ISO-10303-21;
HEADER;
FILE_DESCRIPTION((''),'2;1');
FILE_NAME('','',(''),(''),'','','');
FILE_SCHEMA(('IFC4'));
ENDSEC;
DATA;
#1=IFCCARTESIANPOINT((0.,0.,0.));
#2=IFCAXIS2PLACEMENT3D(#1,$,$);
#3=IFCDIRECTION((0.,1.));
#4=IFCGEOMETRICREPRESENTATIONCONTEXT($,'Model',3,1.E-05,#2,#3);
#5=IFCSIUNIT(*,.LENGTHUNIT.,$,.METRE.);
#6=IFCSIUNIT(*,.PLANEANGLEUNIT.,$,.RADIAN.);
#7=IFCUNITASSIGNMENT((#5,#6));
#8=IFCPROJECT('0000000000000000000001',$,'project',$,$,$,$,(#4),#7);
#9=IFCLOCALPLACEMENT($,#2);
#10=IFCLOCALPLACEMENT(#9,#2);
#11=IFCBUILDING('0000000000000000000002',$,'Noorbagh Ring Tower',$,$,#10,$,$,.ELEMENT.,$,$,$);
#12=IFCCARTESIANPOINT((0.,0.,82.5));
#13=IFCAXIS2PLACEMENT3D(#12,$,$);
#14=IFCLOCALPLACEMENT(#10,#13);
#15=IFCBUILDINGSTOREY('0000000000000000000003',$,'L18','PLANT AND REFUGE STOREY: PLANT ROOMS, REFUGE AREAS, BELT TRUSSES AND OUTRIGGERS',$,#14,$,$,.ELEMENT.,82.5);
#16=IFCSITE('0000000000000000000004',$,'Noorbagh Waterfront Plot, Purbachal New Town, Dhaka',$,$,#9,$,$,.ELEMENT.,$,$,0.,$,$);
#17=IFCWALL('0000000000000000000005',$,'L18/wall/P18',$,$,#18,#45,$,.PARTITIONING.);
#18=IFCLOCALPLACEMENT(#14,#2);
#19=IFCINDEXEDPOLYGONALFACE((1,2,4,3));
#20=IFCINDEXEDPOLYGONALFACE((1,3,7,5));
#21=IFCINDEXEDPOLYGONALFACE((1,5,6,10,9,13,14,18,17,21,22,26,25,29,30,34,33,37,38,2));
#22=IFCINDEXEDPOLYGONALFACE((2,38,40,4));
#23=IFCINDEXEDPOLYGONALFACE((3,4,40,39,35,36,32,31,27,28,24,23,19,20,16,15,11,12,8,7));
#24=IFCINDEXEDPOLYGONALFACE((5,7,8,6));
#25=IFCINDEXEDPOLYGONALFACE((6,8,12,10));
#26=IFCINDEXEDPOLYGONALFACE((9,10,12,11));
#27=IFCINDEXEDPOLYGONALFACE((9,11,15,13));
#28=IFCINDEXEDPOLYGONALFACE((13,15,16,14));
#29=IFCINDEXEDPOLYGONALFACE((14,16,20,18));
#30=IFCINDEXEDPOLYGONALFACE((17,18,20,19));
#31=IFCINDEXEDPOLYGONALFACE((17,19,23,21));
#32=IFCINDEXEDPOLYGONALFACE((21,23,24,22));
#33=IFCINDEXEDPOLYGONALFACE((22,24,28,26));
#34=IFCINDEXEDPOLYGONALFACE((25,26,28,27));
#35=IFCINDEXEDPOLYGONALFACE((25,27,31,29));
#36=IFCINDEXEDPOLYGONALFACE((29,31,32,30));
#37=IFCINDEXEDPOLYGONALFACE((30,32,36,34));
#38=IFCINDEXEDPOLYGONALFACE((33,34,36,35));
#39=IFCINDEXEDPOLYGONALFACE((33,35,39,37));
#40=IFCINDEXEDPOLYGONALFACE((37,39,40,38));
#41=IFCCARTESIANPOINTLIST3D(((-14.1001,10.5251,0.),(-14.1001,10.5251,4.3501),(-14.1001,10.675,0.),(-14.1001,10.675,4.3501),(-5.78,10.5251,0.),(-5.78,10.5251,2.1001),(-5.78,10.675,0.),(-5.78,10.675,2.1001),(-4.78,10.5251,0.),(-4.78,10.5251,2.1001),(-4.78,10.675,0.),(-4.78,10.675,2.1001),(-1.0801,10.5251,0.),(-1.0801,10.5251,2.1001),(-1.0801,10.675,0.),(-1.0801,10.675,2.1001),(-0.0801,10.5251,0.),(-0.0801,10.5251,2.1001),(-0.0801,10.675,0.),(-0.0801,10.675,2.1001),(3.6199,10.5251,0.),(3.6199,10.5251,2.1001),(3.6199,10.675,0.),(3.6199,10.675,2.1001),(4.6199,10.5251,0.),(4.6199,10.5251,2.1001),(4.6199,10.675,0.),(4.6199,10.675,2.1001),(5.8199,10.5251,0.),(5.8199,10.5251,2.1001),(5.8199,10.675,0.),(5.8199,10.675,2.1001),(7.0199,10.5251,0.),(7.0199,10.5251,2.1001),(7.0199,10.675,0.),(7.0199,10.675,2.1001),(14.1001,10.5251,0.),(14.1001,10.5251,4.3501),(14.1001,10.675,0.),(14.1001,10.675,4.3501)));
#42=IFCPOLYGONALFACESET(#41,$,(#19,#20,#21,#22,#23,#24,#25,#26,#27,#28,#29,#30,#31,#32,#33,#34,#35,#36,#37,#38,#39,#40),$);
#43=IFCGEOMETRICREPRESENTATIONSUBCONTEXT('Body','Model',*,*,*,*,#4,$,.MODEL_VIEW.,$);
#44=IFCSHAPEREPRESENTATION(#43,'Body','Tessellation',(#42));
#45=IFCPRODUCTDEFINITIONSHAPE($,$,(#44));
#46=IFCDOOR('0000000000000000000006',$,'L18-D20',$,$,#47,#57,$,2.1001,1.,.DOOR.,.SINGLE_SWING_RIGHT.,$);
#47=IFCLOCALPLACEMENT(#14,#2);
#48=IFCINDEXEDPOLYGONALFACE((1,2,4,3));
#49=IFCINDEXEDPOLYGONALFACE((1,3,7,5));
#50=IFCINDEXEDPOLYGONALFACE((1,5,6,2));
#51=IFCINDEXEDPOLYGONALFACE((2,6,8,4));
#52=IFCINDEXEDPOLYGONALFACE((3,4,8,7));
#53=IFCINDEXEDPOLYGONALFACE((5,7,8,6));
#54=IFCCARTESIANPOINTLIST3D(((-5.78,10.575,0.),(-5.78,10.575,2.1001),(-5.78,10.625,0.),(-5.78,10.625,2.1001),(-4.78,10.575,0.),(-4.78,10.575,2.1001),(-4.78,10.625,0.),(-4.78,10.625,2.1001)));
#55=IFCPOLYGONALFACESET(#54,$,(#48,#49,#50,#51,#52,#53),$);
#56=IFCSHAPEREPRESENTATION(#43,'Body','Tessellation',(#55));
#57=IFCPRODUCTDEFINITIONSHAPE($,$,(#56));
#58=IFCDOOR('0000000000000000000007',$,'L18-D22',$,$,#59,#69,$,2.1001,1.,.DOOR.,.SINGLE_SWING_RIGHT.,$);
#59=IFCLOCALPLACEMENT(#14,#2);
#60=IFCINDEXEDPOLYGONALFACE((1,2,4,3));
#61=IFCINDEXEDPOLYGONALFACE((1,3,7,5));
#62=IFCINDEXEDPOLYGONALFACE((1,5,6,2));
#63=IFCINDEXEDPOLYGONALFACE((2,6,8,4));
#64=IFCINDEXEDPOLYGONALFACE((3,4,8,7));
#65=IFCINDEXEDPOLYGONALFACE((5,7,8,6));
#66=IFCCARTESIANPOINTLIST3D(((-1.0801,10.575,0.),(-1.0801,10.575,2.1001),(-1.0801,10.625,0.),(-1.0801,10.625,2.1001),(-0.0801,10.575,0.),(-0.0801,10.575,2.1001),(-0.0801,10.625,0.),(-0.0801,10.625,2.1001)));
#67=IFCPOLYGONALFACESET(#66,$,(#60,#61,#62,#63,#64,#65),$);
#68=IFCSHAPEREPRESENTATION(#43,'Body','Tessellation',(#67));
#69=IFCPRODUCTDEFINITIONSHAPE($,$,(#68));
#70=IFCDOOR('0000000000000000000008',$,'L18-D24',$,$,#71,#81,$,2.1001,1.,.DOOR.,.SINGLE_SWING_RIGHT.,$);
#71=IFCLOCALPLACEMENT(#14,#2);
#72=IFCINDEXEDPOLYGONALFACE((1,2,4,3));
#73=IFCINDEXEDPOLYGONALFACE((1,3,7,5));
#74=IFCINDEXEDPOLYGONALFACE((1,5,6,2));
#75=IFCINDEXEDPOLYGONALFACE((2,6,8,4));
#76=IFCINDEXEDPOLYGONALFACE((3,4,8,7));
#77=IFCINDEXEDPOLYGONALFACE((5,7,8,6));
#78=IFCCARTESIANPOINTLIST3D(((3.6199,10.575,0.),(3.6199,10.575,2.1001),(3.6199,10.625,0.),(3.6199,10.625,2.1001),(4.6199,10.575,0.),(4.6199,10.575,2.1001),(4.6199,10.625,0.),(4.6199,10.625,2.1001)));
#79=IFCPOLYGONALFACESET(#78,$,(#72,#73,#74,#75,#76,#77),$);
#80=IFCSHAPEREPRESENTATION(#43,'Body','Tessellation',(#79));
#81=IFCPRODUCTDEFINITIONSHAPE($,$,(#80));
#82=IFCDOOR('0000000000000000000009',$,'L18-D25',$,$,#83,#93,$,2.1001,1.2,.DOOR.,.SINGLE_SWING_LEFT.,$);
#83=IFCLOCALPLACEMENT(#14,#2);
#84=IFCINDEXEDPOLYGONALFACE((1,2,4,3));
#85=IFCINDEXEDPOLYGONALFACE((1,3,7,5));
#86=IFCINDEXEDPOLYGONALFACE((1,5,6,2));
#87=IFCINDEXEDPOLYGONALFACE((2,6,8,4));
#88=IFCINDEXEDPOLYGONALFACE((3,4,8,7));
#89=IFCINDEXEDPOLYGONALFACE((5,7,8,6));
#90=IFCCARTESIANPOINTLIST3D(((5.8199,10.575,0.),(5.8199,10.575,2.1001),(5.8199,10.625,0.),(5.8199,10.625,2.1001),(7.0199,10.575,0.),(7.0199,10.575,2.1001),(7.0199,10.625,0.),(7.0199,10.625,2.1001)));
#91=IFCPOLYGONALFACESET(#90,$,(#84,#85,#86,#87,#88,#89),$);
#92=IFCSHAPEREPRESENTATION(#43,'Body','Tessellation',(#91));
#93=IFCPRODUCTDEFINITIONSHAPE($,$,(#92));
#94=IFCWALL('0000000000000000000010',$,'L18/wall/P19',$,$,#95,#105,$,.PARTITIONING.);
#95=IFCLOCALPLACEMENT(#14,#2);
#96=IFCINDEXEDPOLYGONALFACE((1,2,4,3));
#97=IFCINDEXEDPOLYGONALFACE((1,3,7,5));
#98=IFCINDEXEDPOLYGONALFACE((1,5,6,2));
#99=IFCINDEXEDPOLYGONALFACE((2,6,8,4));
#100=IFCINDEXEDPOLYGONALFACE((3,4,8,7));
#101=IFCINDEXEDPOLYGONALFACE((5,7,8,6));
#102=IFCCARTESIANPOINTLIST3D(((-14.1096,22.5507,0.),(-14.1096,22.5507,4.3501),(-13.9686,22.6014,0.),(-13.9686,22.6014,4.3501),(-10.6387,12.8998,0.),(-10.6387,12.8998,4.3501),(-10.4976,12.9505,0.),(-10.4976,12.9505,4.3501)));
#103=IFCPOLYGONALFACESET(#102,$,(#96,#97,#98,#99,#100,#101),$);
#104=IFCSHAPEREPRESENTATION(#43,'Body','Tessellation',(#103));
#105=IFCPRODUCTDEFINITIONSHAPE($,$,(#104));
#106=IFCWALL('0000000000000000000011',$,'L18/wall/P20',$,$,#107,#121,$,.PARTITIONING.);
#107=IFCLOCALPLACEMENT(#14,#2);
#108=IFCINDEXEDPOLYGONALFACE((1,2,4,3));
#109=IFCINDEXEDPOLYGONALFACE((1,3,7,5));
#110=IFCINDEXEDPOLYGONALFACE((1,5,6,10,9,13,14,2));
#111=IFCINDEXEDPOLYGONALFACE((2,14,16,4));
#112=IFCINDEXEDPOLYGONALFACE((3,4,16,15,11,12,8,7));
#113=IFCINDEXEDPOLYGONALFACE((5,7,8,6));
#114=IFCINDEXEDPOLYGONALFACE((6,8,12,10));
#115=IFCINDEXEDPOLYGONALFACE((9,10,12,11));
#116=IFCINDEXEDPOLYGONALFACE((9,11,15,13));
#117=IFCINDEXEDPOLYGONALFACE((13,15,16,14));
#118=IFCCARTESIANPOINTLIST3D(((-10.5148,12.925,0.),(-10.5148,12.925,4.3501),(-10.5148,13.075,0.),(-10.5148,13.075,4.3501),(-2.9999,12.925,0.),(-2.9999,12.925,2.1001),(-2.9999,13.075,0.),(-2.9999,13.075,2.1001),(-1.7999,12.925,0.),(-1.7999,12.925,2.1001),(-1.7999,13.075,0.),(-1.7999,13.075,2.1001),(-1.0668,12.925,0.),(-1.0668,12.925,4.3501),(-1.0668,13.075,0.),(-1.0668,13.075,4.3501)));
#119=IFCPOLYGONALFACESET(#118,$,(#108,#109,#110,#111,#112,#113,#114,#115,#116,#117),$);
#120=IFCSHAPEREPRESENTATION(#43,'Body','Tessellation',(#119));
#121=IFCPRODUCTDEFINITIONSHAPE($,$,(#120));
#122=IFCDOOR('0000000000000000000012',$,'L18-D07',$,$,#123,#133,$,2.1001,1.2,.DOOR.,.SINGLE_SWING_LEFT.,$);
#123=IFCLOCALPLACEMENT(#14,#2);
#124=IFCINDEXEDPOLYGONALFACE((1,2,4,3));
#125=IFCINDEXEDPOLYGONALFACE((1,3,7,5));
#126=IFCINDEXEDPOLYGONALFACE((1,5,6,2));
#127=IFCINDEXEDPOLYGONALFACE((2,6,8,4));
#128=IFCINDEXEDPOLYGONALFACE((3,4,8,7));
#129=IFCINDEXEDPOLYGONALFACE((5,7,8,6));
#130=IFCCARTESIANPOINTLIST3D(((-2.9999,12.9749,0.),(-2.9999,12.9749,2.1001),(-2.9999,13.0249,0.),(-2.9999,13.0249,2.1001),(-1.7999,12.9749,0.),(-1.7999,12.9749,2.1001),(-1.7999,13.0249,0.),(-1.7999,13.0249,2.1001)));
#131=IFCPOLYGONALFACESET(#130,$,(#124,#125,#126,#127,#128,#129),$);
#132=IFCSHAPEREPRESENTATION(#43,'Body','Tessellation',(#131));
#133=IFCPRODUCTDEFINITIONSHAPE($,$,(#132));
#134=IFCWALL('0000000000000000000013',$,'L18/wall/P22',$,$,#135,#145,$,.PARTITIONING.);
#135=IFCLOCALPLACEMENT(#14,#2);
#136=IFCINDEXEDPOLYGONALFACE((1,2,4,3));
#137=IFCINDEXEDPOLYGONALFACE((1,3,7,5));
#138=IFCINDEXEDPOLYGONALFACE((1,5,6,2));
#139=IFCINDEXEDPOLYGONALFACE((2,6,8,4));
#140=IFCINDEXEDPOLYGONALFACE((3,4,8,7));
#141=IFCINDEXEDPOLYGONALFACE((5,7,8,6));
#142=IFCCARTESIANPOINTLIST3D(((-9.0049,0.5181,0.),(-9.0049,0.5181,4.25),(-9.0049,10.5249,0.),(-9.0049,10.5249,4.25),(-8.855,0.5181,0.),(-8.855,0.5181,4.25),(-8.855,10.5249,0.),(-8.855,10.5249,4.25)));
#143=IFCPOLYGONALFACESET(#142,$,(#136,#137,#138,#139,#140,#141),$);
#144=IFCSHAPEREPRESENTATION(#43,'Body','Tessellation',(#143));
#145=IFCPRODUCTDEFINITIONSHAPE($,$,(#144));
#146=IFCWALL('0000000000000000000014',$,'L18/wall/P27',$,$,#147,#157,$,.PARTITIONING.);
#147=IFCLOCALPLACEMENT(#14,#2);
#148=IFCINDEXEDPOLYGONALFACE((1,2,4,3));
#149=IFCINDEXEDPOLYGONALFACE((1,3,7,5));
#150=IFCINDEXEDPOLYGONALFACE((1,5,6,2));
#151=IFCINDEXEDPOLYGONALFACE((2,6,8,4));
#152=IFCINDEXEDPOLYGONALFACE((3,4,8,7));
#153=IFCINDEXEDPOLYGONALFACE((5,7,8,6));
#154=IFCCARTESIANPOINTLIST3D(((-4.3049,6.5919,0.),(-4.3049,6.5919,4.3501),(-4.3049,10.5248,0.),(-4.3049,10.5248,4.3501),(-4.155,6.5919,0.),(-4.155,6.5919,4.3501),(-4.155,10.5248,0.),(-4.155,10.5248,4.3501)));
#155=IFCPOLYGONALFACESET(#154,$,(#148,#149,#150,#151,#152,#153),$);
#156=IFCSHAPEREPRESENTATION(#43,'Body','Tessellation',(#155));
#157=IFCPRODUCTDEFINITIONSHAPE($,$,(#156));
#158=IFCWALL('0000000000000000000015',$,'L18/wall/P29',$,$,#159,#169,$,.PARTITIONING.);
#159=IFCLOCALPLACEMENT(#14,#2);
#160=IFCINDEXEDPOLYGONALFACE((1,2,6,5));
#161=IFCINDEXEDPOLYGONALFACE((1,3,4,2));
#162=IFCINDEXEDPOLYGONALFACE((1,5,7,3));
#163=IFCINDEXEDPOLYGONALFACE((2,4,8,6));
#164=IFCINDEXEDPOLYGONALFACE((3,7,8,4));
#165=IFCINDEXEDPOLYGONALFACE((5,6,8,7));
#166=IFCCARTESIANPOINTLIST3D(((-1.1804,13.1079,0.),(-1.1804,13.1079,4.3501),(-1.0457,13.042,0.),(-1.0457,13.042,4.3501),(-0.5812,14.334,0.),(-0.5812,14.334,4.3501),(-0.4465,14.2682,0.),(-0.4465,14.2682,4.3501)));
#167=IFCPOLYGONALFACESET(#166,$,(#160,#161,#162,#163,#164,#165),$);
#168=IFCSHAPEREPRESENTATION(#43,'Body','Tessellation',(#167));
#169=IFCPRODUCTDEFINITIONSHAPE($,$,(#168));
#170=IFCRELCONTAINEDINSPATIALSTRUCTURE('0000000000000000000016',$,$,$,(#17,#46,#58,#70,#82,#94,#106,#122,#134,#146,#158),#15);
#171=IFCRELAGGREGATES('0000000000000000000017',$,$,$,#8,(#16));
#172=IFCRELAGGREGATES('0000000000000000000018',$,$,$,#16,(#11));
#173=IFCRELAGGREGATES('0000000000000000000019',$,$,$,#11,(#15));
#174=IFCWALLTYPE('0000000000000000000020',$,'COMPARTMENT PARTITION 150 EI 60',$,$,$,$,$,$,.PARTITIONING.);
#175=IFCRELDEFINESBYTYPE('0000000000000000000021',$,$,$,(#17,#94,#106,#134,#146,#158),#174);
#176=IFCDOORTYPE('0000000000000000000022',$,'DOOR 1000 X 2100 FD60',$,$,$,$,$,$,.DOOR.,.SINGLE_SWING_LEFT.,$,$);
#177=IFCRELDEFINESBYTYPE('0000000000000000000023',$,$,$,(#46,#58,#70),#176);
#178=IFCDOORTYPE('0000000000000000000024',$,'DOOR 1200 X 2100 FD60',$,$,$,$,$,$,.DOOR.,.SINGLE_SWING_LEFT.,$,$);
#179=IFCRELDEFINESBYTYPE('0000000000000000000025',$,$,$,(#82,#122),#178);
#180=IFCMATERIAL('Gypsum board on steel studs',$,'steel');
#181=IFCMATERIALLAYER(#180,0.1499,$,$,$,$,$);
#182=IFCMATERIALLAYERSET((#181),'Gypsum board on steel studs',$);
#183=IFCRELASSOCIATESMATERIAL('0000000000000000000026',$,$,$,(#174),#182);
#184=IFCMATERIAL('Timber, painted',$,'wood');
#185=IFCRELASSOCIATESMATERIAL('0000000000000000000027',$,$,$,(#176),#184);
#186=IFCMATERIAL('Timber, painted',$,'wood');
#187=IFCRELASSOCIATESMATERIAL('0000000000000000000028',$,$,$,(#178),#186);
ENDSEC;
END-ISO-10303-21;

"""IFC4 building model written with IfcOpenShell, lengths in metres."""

from ifc_helpers import new_model, si_unit, direction, frame, frame_2d, origin, place, context, subcontext, project, spatial, rectangle, extrude, material, layer, layer_set, type_object, element, fill, save


model = new_model("IFC4")

# Units and contexts
model_context = context("Model", 3, precision=1e-05, world=origin(), true_north=direction((0.0, 1.0)))
body_context = subcontext(model_context, "Body", "Model", "MODEL_VIEW")
ifc_project = project(units=[si_unit("LENGTHUNIT", "METRE"), si_unit("PLANEANGLEUNIT", "RADIAN")], contexts=[model_context])

# Site, building, storey
site_placement = place(None, origin())
site = spatial("IfcSite", under=ifc_project, at=site_placement, Name="Noorbagh Waterfront Plot, Purbachal New Town, Dhaka", CompositionType="ELEMENT", RefElevation=0.0)
building_placement = place(site_placement, origin())
building = spatial("IfcBuilding", under=site, at=building_placement, Name="Noorbagh Ring Tower", CompositionType="ELEMENT")
storey_placement = place(building_placement, frame((0.0, 0.0, 82.5)))
storey = spatial("IfcBuildingStorey", under=building, at=storey_placement, Name="L18", Description="PLANT AND REFUGE STOREY: PLANT ROOMS, REFUGE AREAS, BELT TRUSSES AND OUTRIGGERS", CompositionType="ELEMENT", Elevation=82.5)

# Wall, openings, doors
ifc_material_1 = material(Name="Gypsum board on steel studs", Category="steel")
ifc_layer = layer(ifc_material_1, 0.1499)
ifc_layer_set = layer_set([ifc_layer], Name="Gypsum board on steel studs")
wall_type = type_object("IfcWallType", Name="COMPARTMENT PARTITION 150 EI 60", PredefinedType="PARTITIONING", material=ifc_layer_set)
wall_1_placement = place(storey_placement, frame((-14.1001, 10.6001, 0.0), z_axis=(0.0, 0.0, 1.0), x_axis=(1.0, 0.0, 0.0)))
wall_1 = element("IfcWall", 1, at=wall_1_placement, inside=storey, type_object=wall_type, Name="L18/wall/P18", PredefinedType="PARTITIONING", context=body_context, shape_type="SweptSolid", body=[
    extrude(rectangle(XDim=28.2002, YDim=0.1499, at=frame_2d((14.1001, 0.0))), origin(), (0.0, 0.0, 1.0), 4.3501),
])
opening_1_placement = place(wall_1_placement, frame((8.3201, 0.0, 0.0)))
opening_1 = element("IfcOpeningElement", 2, at=opening_1_placement, cuts=wall_1, PredefinedType="OPENING", context=body_context, shape_type="SweptSolid", body=[
    extrude(rectangle(XDim=1.0, YDim=2.1001, at=frame_2d((0.5, 1.05))), frame((0.0, 0.085, 0.0), z_axis=(0.0, -1.0, 0.0), x_axis=(1.0, 0.0, 0.0)), (0.0, 0.0, 1.0), 0.1699),
])
opening_2_placement = place(wall_1_placement, frame((13.02, 0.0, 0.0)))
opening_2 = element("IfcOpeningElement", 3, at=opening_2_placement, cuts=wall_1, PredefinedType="OPENING", context=body_context, shape_type="SweptSolid", body=[
    extrude(rectangle(XDim=1.0, YDim=2.1001, at=frame_2d((0.5, 1.05))), frame((0.0, 0.085, 0.0), z_axis=(0.0, -1.0, 0.0), x_axis=(1.0, 0.0, 0.0)), (0.0, 0.0, 1.0), 0.1699),
])
opening_3_placement = place(wall_1_placement, frame((17.72, 0.0, 0.0)))
opening_3 = element("IfcOpeningElement", 4, at=opening_3_placement, cuts=wall_1, PredefinedType="OPENING", context=body_context, shape_type="SweptSolid", body=[
    extrude(rectangle(XDim=1.0, YDim=2.1001, at=frame_2d((0.5, 1.05))), frame((0.0, 0.085, 0.0), z_axis=(0.0, -1.0, 0.0), x_axis=(1.0, 0.0, 0.0)), (0.0, 0.0, 1.0), 0.1699),
])
opening_4_placement = place(wall_1_placement, frame((19.9199, 0.0, 0.0)))
opening_4 = element("IfcOpeningElement", 5, at=opening_4_placement, cuts=wall_1, PredefinedType="OPENING", context=body_context, shape_type="SweptSolid", body=[
    extrude(rectangle(XDim=1.2, YDim=2.1001, at=frame_2d((0.6001, 1.05))), frame((0.0, 0.085, 0.0), z_axis=(0.0, -1.0, 0.0), x_axis=(1.0, 0.0, 0.0)), (0.0, 0.0, 1.0), 0.1699),
])
ifc_material_2 = material(Name="Timber, painted", Category="wood")
door_type_1 = type_object("IfcDoorType", Name="DOOR 1000 X 2100 FD60", OperationType="SINGLE_SWING_LEFT", PredefinedType="DOOR", material=ifc_material_2)
door_1_placement = place(opening_1_placement, origin())
door_1 = element("IfcDoor", 6, at=door_1_placement, inside=storey, type_object=door_type_1, Name="L18-D20", OperationType="SINGLE_SWING_RIGHT", OverallHeight=2.1001, OverallWidth=1.0, PredefinedType="DOOR", context=body_context, shape_type="SweptSolid", body=[
    extrude(rectangle(XDim=1.0, YDim=2.1001, at=frame_2d((0.5, 1.05))), frame((0.0, 0.0249, 0.0), z_axis=(0.0, -1.0, 0.0), x_axis=(1.0, 0.0, 0.0)), (0.0, 0.0, 1.0), 0.05),
])
fill(opening_1, door_1)
door_2_placement = place(opening_2_placement, origin())
door_2 = element("IfcDoor", 7, at=door_2_placement, inside=storey, type_object=door_type_1, Name="L18-D22", OperationType="SINGLE_SWING_RIGHT", OverallHeight=2.1001, OverallWidth=1.0, PredefinedType="DOOR", context=body_context, shape_type="SweptSolid", body=[
    extrude(rectangle(XDim=1.0, YDim=2.1001, at=frame_2d((0.5, 1.05))), frame((0.0, 0.0249, 0.0), z_axis=(0.0, -1.0, 0.0), x_axis=(1.0, 0.0, 0.0)), (0.0, 0.0, 1.0), 0.05),
])
fill(opening_2, door_2)
door_3_placement = place(opening_3_placement, origin())
door_3 = element("IfcDoor", 8, at=door_3_placement, inside=storey, type_object=door_type_1, Name="L18-D24", OperationType="SINGLE_SWING_RIGHT", OverallHeight=2.1001, OverallWidth=1.0, PredefinedType="DOOR", context=body_context, shape_type="SweptSolid", body=[
    extrude(rectangle(XDim=1.0, YDim=2.1001, at=frame_2d((0.5, 1.05))), frame((0.0, 0.0249, 0.0), z_axis=(0.0, -1.0, 0.0), x_axis=(1.0, 0.0, 0.0)), (0.0, 0.0, 1.0), 0.05),
])
fill(opening_3, door_3)
ifc_material_3 = material(Name="Timber, painted", Category="wood")
door_type_2 = type_object("IfcDoorType", Name="DOOR 1200 X 2100 FD60", OperationType="SINGLE_SWING_LEFT", PredefinedType="DOOR", material=ifc_material_3)
door_4_placement = place(opening_4_placement, origin())
door_4 = element("IfcDoor", 9, at=door_4_placement, inside=storey, type_object=door_type_2, Name="L18-D25", OperationType="SINGLE_SWING_LEFT", OverallHeight=2.1001, OverallWidth=1.2, PredefinedType="DOOR", context=body_context, shape_type="SweptSolid", body=[
    extrude(rectangle(XDim=1.2, YDim=2.1001, at=frame_2d((0.6001, 1.05))), frame((0.0, 0.0249, 0.0), z_axis=(0.0, -1.0, 0.0), x_axis=(1.0, 0.0, 0.0)), (0.0, 0.0, 1.0), 0.05),
])
fill(opening_4, door_4)

# Wall
wall_2_placement = place(storey_placement, frame((-14.0391, 22.5759, 0.0), z_axis=(0.0, 0.0, 1.0), x_axis=(0.338429, -0.940992, 0.0)))
element("IfcWall", 10, at=wall_2_placement, inside=storey, type_object=wall_type, Name="L18/wall/P19", PredefinedType="PARTITIONING", context=body_context, shape_type="SweptSolid", body=[
    extrude(rectangle(XDim=10.2561, YDim=0.1499, at=frame_2d((5.1279, 0.0))), origin(), (0.0, 0.0, 1.0), 4.3501),
])

# Wall, opening, door
wall_3_placement = place(storey_placement, frame((-10.5149, 13.0, 0.0), z_axis=(0.0, 0.0, 1.0), x_axis=(1.0, 0.0, 0.0)))
wall_3 = element("IfcWall", 11, at=wall_3_placement, inside=storey, type_object=wall_type, Name="L18/wall/P20", PredefinedType="PARTITIONING", context=body_context, shape_type="SweptSolid", body=[
    extrude(rectangle(XDim=9.448, YDim=0.1499, at=frame_2d((4.7241, 0.0))), origin(), (0.0, 0.0, 1.0), 4.3501),
])
opening_5_placement = place(wall_3_placement, frame((7.5149, 0.0, 0.0)))
opening_5 = element("IfcOpeningElement", 12, at=opening_5_placement, cuts=wall_3, PredefinedType="OPENING", context=body_context, shape_type="SweptSolid", body=[
    extrude(rectangle(XDim=1.2, YDim=2.1001, at=frame_2d((0.6001, 1.05))), frame((0.0, 0.085, 0.0), z_axis=(0.0, -1.0, 0.0), x_axis=(1.0, 0.0, 0.0)), (0.0, 0.0, 1.0), 0.1699),
])
door_5_placement = place(opening_5_placement, origin())
door_5 = element("IfcDoor", 13, at=door_5_placement, inside=storey, type_object=door_type_2, Name="L18-D07", OperationType="SINGLE_SWING_LEFT", OverallHeight=2.1001, OverallWidth=1.2, PredefinedType="DOOR", context=body_context, shape_type="SweptSolid", body=[
    extrude(rectangle(XDim=1.2, YDim=2.1001, at=frame_2d((0.6001, 1.05))), frame((0.0, 0.0249, 0.0), z_axis=(0.0, -1.0, 0.0), x_axis=(1.0, 0.0, 0.0)), (0.0, 0.0, 1.0), 0.05),
])
fill(opening_5, door_5)

# Walls
wall_4_placement = place(storey_placement, frame((-8.9299, 0.5181, 0.0), z_axis=(0.0, 0.0, 1.0), x_axis=(0.0, 1.0, 0.0)))
element("IfcWall", 14, at=wall_4_placement, inside=storey, type_object=wall_type, Name="L18/wall/P22", PredefinedType="PARTITIONING", context=body_context, shape_type="SweptSolid", body=[
    extrude(rectangle(XDim=10.0068, YDim=0.1499, at=frame_2d((5.0034, 0.0))), origin(), (0.0, 0.0, 1.0), 4.25),
])
wall_5_placement = place(storey_placement, frame((-4.23, 6.592, 0.0), z_axis=(0.0, 0.0, 1.0), x_axis=(0.0, 1.0, 0.0)))
element("IfcWall", 15, at=wall_5_placement, inside=storey, type_object=wall_type, Name="L18/wall/P27", PredefinedType="PARTITIONING", context=body_context, shape_type="SweptSolid", body=[
    extrude(rectangle(XDim=3.9329, YDim=0.1499, at=frame_2d((1.9663, 0.0))), origin(), (0.0, 0.0, 1.0), 4.3501),
])
wall_6_placement = place(storey_placement, frame((-1.113, 13.075, 0.0), z_axis=(0.0, 0.0, 1.0), x_axis=(0.439037, 0.898469, 0.0)))
element("IfcWall", 16, at=wall_6_placement, inside=storey, type_object=wall_type, Name="L18/wall/P29", PredefinedType="PARTITIONING", context=body_context, shape_type="SweptSolid", body=[
    extrude(rectangle(XDim=1.3647, YDim=0.1499, at=frame_2d((0.6824, 0.0))), origin(), (0.0, 0.0, 1.0), 4.3501),
])

save(model, "model.ifc")
